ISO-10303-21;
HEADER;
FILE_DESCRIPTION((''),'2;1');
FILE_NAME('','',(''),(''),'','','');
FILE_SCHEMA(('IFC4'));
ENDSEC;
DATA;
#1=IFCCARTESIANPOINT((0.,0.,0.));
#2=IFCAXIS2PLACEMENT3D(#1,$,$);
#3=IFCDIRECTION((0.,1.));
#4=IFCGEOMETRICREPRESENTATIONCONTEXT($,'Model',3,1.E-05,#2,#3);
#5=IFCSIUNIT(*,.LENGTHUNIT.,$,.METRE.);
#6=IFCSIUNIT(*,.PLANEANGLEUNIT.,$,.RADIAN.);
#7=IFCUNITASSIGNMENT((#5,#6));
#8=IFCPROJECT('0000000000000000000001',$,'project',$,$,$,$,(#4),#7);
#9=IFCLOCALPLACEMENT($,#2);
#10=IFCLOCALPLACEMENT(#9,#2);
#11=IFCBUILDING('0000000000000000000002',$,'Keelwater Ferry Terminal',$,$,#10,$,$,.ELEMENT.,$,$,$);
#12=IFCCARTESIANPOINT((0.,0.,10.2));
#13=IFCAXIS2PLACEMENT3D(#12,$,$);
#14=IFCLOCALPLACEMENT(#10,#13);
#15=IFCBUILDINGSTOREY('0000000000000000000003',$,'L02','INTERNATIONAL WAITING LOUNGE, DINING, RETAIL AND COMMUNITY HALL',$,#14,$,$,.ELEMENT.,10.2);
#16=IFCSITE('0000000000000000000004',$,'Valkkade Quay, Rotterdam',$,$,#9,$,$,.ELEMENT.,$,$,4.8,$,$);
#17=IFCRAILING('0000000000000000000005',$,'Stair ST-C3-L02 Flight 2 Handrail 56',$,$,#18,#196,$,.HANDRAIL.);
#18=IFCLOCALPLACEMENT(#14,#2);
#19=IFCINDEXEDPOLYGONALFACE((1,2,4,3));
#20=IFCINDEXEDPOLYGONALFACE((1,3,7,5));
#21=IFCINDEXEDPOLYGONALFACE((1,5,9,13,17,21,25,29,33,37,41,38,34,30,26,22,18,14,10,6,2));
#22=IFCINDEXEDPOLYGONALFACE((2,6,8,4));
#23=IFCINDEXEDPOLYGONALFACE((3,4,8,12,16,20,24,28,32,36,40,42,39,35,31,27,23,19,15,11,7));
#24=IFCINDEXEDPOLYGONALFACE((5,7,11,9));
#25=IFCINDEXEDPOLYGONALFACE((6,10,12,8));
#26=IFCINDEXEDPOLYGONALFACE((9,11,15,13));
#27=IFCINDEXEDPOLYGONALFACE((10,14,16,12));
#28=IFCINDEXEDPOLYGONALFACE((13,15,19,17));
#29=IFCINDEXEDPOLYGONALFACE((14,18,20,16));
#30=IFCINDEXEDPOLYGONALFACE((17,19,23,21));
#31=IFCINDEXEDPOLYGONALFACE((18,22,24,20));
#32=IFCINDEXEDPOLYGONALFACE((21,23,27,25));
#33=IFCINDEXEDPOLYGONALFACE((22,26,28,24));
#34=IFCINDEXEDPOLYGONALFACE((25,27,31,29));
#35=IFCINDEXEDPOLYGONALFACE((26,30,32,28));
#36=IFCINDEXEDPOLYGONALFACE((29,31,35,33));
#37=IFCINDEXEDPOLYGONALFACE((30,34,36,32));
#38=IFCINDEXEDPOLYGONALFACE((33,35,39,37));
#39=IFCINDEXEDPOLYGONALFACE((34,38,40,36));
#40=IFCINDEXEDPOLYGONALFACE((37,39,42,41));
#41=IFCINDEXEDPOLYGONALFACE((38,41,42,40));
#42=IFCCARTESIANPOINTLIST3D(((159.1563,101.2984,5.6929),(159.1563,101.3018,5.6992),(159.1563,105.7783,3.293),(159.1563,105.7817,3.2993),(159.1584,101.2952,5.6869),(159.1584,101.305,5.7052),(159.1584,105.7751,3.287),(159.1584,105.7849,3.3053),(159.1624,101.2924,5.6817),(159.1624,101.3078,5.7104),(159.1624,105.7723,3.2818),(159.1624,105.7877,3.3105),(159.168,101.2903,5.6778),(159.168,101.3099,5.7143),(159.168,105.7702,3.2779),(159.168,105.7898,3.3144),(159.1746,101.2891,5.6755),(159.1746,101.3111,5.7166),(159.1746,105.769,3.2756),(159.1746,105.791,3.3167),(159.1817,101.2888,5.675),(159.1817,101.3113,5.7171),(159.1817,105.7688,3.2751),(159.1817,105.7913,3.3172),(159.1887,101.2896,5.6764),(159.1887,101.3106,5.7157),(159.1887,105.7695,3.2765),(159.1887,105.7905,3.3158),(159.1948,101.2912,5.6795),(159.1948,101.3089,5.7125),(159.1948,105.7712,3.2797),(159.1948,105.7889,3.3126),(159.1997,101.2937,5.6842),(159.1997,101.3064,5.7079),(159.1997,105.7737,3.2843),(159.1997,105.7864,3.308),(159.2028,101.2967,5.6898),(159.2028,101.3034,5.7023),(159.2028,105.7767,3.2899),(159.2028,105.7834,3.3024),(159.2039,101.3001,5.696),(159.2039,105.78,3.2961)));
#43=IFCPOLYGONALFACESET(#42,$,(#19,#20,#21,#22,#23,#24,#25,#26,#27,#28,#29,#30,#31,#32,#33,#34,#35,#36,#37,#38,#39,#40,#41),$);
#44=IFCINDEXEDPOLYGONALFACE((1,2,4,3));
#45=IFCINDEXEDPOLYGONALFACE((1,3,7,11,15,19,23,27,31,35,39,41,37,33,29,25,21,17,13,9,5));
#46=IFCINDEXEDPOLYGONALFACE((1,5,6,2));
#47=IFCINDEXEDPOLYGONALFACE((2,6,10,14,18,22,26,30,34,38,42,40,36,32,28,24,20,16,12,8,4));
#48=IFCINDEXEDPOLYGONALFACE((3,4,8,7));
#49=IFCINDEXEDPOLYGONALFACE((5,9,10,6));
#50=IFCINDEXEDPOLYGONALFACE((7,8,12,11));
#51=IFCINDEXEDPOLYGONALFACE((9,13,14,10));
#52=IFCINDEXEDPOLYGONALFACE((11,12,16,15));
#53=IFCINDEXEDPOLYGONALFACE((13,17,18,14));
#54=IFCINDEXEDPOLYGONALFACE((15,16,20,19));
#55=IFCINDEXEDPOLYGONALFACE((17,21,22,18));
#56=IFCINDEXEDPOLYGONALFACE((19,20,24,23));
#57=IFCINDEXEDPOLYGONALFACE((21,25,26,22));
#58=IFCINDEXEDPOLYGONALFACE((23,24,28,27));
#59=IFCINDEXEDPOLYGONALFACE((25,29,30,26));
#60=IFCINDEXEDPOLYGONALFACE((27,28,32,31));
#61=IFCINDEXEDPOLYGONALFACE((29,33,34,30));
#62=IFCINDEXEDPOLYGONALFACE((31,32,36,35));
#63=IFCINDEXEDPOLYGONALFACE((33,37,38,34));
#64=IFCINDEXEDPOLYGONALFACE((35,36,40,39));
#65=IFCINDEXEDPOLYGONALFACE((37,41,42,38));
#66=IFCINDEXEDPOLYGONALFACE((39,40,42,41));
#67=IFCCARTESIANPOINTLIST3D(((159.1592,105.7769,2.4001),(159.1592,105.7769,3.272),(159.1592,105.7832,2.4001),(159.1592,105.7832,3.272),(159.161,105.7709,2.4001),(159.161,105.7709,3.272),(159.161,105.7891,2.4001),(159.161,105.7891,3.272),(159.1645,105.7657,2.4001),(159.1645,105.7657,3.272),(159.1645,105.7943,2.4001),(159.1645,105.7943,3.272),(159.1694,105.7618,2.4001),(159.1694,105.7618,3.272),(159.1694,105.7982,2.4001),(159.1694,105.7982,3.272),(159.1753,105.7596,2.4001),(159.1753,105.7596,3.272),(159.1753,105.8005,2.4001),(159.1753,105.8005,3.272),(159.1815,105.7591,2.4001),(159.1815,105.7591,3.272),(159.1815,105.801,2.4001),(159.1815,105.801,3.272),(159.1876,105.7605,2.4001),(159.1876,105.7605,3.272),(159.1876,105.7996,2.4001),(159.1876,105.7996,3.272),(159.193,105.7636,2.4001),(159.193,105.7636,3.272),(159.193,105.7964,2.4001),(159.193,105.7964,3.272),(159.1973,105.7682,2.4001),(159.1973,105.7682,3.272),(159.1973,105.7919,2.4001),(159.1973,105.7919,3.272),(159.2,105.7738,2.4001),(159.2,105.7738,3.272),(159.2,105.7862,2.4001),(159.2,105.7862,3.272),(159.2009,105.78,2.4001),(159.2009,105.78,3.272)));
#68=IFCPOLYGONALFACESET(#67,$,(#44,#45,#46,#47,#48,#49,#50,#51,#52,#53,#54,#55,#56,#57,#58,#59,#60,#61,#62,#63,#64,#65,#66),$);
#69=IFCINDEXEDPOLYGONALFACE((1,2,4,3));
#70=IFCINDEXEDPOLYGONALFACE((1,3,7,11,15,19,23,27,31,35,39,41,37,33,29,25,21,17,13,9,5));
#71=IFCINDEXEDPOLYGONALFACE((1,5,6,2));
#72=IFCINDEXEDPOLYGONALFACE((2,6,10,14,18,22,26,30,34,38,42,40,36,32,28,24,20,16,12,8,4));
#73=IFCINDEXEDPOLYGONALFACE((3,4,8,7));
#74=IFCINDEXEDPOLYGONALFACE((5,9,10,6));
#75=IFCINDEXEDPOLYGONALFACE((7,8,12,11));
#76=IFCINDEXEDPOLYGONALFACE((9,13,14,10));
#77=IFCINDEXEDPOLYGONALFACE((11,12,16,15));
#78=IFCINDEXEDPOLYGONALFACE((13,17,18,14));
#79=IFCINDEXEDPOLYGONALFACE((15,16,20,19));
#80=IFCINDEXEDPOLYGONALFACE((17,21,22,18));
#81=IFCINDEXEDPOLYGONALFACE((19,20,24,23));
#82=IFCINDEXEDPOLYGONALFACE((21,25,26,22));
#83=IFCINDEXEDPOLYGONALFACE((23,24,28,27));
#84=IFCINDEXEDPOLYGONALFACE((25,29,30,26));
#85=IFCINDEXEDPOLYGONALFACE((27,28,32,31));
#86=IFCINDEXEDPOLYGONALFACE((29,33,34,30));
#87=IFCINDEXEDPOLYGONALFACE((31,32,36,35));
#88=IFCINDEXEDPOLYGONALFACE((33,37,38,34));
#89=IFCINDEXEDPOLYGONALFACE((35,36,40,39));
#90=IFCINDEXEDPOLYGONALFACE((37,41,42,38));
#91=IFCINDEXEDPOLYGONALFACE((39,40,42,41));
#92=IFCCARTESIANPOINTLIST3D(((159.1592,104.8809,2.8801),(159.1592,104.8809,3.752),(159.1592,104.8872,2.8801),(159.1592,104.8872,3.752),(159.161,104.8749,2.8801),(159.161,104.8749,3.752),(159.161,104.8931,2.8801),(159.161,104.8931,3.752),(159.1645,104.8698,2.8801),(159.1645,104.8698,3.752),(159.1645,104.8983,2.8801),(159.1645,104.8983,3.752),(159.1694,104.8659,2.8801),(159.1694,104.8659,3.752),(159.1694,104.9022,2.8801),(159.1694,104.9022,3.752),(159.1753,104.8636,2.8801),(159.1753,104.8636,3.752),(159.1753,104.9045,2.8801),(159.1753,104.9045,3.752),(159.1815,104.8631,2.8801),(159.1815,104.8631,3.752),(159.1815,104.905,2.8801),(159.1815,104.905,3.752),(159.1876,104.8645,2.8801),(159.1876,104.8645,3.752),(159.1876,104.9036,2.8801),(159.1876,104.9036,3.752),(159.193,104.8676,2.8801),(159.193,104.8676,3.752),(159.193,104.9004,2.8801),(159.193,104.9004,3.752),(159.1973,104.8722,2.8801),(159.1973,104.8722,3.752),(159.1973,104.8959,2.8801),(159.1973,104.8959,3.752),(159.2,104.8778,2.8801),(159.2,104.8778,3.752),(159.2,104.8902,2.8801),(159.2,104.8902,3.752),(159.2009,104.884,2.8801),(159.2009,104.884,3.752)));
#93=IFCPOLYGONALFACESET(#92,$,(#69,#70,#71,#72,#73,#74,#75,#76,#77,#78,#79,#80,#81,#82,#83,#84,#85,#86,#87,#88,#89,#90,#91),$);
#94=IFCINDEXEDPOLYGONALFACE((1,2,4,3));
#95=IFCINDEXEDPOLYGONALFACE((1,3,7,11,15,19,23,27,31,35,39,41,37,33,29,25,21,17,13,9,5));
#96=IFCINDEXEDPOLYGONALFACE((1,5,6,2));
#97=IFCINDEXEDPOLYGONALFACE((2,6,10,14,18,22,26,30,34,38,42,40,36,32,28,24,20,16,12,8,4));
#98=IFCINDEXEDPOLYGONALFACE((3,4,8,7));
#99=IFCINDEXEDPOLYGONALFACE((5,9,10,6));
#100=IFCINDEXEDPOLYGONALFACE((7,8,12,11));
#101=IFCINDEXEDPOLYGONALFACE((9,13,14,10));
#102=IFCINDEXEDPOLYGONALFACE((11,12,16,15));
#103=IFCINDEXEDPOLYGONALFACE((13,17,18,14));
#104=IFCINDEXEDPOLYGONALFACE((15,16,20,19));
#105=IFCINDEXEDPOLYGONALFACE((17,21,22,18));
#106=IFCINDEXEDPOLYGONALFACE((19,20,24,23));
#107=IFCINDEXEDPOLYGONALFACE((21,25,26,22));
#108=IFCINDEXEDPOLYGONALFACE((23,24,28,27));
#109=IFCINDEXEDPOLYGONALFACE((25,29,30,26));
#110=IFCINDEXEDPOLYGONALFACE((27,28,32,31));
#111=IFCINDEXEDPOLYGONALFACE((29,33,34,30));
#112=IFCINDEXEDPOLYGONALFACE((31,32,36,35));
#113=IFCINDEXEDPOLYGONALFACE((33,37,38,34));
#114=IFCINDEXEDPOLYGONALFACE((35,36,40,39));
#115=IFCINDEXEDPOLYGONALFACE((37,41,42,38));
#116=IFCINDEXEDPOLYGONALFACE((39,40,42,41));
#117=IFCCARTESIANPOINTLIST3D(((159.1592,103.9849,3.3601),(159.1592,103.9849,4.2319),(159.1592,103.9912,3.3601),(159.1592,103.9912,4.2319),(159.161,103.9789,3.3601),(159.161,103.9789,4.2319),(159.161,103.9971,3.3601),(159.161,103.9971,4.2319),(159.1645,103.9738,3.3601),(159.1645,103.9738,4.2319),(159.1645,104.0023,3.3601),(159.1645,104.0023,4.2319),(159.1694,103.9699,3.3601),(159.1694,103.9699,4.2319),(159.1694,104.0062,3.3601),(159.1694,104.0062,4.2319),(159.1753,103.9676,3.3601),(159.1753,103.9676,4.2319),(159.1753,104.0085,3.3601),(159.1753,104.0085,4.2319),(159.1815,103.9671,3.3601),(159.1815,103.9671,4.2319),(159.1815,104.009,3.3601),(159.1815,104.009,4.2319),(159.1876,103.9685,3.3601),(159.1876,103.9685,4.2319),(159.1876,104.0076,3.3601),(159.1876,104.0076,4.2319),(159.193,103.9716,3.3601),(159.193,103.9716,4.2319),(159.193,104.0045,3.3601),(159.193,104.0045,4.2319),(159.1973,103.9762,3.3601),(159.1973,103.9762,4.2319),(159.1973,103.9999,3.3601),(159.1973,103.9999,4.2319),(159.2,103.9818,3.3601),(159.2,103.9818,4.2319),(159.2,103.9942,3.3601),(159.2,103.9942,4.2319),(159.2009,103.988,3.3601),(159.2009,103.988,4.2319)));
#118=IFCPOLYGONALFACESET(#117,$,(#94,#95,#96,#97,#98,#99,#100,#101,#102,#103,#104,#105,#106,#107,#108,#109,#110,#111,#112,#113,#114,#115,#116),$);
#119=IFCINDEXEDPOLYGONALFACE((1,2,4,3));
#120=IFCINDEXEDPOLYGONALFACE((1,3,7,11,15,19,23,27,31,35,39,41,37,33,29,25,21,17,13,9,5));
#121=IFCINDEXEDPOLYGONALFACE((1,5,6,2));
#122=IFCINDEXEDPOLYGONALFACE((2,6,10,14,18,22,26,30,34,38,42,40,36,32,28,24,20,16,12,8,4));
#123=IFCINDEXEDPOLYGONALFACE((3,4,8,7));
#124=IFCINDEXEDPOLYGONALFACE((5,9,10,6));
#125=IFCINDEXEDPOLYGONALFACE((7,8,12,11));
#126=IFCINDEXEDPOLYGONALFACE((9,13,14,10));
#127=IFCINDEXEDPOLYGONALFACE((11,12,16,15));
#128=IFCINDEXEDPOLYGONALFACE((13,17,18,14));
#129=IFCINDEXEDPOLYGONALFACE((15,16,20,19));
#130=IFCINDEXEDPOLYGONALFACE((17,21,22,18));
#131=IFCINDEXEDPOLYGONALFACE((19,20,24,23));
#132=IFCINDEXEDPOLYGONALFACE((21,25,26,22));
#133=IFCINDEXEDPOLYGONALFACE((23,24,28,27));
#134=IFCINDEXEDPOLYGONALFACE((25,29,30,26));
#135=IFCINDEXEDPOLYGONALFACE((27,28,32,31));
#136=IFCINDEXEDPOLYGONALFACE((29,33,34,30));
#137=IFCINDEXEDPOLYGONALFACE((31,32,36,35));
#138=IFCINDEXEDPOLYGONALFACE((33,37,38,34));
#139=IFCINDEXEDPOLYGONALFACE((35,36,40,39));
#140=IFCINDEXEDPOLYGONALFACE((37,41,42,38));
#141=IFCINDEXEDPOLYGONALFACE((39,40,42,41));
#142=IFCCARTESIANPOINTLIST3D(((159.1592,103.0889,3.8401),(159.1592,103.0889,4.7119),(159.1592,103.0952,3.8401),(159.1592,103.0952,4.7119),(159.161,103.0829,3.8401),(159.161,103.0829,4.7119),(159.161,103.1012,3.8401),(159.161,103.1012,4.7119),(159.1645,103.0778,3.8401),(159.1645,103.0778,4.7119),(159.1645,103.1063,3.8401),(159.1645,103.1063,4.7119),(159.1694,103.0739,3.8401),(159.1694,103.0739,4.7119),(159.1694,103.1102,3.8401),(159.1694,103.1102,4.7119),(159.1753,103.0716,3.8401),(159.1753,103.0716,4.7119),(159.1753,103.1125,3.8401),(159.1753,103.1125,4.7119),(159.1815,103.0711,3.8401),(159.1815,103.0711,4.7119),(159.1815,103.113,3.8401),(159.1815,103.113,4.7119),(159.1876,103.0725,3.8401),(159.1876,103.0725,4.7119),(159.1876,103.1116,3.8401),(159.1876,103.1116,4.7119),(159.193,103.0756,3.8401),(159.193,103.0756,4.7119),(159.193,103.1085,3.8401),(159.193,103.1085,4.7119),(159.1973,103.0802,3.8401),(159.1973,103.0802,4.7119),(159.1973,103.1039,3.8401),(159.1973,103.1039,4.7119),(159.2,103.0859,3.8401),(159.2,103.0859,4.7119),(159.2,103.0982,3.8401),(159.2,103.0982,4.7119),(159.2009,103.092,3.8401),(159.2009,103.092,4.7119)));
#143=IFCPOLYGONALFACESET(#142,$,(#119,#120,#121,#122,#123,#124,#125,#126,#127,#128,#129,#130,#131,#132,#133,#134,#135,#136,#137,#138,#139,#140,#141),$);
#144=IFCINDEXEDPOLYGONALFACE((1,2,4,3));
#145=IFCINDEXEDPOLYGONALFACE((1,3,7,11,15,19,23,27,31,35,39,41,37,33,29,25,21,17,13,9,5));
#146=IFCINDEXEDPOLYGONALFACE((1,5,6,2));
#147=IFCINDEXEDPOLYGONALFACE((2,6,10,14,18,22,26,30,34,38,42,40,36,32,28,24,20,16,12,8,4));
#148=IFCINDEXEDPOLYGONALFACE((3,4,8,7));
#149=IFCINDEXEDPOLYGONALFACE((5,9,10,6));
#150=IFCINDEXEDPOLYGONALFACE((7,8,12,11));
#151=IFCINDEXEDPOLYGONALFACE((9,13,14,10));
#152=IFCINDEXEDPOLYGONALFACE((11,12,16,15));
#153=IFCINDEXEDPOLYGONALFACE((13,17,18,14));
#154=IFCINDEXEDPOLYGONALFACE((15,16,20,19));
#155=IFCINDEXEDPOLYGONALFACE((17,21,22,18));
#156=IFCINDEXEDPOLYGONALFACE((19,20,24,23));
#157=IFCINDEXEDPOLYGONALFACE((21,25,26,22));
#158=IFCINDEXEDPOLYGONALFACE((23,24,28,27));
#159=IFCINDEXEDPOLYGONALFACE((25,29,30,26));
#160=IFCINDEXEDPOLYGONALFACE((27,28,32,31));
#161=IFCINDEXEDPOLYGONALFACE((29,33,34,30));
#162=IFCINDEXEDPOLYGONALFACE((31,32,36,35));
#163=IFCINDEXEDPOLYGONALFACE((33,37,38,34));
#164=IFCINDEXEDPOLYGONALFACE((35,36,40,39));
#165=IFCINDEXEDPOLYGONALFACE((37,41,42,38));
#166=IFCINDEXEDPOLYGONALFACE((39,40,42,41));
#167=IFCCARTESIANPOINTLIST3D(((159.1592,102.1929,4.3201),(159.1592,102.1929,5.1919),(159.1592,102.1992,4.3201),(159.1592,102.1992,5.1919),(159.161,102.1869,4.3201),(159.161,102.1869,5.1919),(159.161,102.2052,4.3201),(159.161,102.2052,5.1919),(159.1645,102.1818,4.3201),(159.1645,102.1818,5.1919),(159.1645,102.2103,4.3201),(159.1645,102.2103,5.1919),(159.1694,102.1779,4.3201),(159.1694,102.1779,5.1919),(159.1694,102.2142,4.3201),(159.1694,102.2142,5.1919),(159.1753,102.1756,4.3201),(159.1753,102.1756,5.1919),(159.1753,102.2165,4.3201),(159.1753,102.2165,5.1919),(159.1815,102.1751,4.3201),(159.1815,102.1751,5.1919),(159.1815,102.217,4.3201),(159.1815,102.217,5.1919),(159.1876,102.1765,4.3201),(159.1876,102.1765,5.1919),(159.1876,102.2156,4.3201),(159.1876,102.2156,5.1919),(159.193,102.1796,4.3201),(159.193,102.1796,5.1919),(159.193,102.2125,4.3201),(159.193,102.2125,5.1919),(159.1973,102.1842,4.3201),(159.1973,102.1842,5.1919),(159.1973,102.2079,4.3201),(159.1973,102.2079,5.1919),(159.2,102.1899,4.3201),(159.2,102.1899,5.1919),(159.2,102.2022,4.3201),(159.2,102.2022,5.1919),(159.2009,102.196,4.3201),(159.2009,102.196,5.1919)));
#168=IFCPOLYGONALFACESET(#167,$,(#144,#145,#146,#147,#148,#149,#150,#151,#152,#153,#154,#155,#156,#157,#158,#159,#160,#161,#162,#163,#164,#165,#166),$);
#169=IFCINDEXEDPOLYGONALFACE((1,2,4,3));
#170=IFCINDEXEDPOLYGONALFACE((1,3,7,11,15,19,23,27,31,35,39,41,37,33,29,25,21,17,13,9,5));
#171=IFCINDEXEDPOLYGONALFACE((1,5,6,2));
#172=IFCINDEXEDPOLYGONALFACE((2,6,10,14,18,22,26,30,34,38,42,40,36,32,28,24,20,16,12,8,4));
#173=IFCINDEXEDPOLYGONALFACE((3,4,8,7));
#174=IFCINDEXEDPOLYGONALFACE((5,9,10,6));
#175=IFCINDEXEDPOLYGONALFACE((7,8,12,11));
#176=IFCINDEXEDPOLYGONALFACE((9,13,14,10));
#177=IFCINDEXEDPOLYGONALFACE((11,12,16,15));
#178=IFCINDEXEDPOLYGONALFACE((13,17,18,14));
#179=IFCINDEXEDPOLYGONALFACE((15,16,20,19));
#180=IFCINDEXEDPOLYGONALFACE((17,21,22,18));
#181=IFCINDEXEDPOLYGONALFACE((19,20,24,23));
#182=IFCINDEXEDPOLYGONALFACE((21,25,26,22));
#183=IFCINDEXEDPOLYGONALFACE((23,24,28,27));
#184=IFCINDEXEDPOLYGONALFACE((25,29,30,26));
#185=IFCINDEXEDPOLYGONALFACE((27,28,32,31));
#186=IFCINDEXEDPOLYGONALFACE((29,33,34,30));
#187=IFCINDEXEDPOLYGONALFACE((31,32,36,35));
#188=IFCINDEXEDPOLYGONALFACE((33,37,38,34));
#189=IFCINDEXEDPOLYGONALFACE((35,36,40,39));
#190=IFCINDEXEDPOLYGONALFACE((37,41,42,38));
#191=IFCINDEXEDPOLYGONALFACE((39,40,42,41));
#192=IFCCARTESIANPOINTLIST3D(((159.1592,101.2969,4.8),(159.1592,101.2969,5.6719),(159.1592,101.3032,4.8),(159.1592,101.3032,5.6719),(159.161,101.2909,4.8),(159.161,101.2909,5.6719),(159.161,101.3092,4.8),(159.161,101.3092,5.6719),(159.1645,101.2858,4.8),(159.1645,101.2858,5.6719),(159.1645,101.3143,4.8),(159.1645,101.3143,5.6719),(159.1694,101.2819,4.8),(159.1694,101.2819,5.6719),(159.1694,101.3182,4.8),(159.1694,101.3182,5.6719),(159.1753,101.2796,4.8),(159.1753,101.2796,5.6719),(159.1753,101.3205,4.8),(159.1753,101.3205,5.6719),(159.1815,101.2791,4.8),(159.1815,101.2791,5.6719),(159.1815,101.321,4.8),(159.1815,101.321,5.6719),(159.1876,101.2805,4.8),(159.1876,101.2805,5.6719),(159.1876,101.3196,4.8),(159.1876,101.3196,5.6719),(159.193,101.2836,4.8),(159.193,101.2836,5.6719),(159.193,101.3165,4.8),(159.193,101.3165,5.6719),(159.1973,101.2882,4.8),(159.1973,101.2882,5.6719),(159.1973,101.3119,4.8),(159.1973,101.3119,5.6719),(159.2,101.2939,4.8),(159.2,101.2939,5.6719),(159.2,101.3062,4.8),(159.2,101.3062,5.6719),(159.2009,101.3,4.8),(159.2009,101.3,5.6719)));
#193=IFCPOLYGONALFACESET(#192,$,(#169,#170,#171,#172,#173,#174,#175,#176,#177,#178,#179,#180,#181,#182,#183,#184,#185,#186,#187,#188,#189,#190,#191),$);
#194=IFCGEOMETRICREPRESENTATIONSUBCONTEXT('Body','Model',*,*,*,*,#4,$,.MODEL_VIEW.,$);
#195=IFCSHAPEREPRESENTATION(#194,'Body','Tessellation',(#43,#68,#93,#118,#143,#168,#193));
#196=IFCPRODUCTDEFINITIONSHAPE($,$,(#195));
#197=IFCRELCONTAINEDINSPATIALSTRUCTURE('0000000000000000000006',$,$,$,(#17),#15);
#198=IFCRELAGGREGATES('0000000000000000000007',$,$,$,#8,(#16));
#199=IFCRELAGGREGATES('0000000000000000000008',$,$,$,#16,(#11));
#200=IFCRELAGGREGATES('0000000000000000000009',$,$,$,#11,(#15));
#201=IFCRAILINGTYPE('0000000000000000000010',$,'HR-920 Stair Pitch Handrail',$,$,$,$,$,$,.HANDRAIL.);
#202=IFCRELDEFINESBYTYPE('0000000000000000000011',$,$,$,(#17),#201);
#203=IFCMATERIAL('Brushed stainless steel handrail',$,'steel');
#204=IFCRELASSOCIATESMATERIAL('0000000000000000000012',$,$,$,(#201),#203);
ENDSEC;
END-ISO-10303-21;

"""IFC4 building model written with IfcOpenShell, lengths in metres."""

from ifc_helpers import new_model, si_unit, direction, frame, origin, origin_2d, place, context, subcontext, project, spatial, circle, extrude, material, type_object, element, save


model = new_model("IFC4")

# Units and contexts
model_context = context("Model", 3, precision=1e-05, world=origin(), true_north=direction((0.0, 1.0)))
body_context = subcontext(model_context, "Body", "Model", "MODEL_VIEW")
ifc_project = project(units=[si_unit("LENGTHUNIT", "METRE"), si_unit("PLANEANGLEUNIT", "RADIAN")], contexts=[model_context])

# Site, building, storey
site_placement = place(None, origin())
site = spatial("IfcSite", under=ifc_project, at=site_placement, Name="Valkkade Quay, Rotterdam", CompositionType="ELEMENT", RefElevation=4.8)
building_placement = place(site_placement, origin())
building = spatial("IfcBuilding", under=site, at=building_placement, Name="Keelwater Ferry Terminal", CompositionType="ELEMENT")
storey_placement = place(building_placement, frame((0.0, 0.0, 10.2)))
storey = spatial("IfcBuildingStorey", under=building, at=storey_placement, Name="L02", Description="INTERNATIONAL WAITING LOUNGE, DINING, RETAIL AND COMMUNITY HALL", CompositionType="ELEMENT", Elevation=10.2)

# Railing
ifc_material_1 = material(Name="Brushed stainless steel handrail", Category="steel")
railing_type_1 = type_object("IfcRailingType", Name="HR-920 Stair Pitch Handrail", PredefinedType="HANDRAIL", material=ifc_material_1)
railing_1_placement = place(storey_placement, frame((159.1799, 105.78, 2.4001)))
element("IfcRailing", 1, at=railing_1_placement, inside=storey, type_object=railing_type_1, Name="Stair ST-C3-L02 Flight 2 Handrail 56", PredefinedType="HANDRAIL", context=body_context, shape_type="SweptSolid", body=[
    extrude(circle(Radius=0.0239, at=origin_2d()), frame((0.0, 0.0, 0.896), z_axis=(0.0, -0.881487, 0.472208), x_axis=(1.0, 0.0, 0.0)), (0.0, 0.0, 1.0), 5.0823),
    extrude(circle(Radius=0.021, at=origin_2d()), origin(), (0.0, 0.0, 1.0), 0.8718),
    extrude(circle(Radius=0.021, at=origin_2d()), frame((0.0, -0.896, 0.48)), (0.0, 0.0, 1.0), 0.8718),
    extrude(circle(Radius=0.021, at=origin_2d()), frame((0.0, -1.792, 0.96)), (0.0, 0.0, 1.0), 0.8718),
    extrude(circle(Radius=0.021, at=origin_2d()), frame((0.0, -2.688, 1.4399)), (0.0, 0.0, 1.0), 0.8718),
    extrude(circle(Radius=0.021, at=origin_2d()), frame((0.0, -3.584, 1.9199)), (0.0, 0.0, 1.0), 0.8718),
    extrude(circle(Radius=0.021, at=origin_2d()), frame((0.0, -4.48, 2.3999)), (0.0, 0.0, 1.0), 0.8718),
])

save(model, "model.ifc")
